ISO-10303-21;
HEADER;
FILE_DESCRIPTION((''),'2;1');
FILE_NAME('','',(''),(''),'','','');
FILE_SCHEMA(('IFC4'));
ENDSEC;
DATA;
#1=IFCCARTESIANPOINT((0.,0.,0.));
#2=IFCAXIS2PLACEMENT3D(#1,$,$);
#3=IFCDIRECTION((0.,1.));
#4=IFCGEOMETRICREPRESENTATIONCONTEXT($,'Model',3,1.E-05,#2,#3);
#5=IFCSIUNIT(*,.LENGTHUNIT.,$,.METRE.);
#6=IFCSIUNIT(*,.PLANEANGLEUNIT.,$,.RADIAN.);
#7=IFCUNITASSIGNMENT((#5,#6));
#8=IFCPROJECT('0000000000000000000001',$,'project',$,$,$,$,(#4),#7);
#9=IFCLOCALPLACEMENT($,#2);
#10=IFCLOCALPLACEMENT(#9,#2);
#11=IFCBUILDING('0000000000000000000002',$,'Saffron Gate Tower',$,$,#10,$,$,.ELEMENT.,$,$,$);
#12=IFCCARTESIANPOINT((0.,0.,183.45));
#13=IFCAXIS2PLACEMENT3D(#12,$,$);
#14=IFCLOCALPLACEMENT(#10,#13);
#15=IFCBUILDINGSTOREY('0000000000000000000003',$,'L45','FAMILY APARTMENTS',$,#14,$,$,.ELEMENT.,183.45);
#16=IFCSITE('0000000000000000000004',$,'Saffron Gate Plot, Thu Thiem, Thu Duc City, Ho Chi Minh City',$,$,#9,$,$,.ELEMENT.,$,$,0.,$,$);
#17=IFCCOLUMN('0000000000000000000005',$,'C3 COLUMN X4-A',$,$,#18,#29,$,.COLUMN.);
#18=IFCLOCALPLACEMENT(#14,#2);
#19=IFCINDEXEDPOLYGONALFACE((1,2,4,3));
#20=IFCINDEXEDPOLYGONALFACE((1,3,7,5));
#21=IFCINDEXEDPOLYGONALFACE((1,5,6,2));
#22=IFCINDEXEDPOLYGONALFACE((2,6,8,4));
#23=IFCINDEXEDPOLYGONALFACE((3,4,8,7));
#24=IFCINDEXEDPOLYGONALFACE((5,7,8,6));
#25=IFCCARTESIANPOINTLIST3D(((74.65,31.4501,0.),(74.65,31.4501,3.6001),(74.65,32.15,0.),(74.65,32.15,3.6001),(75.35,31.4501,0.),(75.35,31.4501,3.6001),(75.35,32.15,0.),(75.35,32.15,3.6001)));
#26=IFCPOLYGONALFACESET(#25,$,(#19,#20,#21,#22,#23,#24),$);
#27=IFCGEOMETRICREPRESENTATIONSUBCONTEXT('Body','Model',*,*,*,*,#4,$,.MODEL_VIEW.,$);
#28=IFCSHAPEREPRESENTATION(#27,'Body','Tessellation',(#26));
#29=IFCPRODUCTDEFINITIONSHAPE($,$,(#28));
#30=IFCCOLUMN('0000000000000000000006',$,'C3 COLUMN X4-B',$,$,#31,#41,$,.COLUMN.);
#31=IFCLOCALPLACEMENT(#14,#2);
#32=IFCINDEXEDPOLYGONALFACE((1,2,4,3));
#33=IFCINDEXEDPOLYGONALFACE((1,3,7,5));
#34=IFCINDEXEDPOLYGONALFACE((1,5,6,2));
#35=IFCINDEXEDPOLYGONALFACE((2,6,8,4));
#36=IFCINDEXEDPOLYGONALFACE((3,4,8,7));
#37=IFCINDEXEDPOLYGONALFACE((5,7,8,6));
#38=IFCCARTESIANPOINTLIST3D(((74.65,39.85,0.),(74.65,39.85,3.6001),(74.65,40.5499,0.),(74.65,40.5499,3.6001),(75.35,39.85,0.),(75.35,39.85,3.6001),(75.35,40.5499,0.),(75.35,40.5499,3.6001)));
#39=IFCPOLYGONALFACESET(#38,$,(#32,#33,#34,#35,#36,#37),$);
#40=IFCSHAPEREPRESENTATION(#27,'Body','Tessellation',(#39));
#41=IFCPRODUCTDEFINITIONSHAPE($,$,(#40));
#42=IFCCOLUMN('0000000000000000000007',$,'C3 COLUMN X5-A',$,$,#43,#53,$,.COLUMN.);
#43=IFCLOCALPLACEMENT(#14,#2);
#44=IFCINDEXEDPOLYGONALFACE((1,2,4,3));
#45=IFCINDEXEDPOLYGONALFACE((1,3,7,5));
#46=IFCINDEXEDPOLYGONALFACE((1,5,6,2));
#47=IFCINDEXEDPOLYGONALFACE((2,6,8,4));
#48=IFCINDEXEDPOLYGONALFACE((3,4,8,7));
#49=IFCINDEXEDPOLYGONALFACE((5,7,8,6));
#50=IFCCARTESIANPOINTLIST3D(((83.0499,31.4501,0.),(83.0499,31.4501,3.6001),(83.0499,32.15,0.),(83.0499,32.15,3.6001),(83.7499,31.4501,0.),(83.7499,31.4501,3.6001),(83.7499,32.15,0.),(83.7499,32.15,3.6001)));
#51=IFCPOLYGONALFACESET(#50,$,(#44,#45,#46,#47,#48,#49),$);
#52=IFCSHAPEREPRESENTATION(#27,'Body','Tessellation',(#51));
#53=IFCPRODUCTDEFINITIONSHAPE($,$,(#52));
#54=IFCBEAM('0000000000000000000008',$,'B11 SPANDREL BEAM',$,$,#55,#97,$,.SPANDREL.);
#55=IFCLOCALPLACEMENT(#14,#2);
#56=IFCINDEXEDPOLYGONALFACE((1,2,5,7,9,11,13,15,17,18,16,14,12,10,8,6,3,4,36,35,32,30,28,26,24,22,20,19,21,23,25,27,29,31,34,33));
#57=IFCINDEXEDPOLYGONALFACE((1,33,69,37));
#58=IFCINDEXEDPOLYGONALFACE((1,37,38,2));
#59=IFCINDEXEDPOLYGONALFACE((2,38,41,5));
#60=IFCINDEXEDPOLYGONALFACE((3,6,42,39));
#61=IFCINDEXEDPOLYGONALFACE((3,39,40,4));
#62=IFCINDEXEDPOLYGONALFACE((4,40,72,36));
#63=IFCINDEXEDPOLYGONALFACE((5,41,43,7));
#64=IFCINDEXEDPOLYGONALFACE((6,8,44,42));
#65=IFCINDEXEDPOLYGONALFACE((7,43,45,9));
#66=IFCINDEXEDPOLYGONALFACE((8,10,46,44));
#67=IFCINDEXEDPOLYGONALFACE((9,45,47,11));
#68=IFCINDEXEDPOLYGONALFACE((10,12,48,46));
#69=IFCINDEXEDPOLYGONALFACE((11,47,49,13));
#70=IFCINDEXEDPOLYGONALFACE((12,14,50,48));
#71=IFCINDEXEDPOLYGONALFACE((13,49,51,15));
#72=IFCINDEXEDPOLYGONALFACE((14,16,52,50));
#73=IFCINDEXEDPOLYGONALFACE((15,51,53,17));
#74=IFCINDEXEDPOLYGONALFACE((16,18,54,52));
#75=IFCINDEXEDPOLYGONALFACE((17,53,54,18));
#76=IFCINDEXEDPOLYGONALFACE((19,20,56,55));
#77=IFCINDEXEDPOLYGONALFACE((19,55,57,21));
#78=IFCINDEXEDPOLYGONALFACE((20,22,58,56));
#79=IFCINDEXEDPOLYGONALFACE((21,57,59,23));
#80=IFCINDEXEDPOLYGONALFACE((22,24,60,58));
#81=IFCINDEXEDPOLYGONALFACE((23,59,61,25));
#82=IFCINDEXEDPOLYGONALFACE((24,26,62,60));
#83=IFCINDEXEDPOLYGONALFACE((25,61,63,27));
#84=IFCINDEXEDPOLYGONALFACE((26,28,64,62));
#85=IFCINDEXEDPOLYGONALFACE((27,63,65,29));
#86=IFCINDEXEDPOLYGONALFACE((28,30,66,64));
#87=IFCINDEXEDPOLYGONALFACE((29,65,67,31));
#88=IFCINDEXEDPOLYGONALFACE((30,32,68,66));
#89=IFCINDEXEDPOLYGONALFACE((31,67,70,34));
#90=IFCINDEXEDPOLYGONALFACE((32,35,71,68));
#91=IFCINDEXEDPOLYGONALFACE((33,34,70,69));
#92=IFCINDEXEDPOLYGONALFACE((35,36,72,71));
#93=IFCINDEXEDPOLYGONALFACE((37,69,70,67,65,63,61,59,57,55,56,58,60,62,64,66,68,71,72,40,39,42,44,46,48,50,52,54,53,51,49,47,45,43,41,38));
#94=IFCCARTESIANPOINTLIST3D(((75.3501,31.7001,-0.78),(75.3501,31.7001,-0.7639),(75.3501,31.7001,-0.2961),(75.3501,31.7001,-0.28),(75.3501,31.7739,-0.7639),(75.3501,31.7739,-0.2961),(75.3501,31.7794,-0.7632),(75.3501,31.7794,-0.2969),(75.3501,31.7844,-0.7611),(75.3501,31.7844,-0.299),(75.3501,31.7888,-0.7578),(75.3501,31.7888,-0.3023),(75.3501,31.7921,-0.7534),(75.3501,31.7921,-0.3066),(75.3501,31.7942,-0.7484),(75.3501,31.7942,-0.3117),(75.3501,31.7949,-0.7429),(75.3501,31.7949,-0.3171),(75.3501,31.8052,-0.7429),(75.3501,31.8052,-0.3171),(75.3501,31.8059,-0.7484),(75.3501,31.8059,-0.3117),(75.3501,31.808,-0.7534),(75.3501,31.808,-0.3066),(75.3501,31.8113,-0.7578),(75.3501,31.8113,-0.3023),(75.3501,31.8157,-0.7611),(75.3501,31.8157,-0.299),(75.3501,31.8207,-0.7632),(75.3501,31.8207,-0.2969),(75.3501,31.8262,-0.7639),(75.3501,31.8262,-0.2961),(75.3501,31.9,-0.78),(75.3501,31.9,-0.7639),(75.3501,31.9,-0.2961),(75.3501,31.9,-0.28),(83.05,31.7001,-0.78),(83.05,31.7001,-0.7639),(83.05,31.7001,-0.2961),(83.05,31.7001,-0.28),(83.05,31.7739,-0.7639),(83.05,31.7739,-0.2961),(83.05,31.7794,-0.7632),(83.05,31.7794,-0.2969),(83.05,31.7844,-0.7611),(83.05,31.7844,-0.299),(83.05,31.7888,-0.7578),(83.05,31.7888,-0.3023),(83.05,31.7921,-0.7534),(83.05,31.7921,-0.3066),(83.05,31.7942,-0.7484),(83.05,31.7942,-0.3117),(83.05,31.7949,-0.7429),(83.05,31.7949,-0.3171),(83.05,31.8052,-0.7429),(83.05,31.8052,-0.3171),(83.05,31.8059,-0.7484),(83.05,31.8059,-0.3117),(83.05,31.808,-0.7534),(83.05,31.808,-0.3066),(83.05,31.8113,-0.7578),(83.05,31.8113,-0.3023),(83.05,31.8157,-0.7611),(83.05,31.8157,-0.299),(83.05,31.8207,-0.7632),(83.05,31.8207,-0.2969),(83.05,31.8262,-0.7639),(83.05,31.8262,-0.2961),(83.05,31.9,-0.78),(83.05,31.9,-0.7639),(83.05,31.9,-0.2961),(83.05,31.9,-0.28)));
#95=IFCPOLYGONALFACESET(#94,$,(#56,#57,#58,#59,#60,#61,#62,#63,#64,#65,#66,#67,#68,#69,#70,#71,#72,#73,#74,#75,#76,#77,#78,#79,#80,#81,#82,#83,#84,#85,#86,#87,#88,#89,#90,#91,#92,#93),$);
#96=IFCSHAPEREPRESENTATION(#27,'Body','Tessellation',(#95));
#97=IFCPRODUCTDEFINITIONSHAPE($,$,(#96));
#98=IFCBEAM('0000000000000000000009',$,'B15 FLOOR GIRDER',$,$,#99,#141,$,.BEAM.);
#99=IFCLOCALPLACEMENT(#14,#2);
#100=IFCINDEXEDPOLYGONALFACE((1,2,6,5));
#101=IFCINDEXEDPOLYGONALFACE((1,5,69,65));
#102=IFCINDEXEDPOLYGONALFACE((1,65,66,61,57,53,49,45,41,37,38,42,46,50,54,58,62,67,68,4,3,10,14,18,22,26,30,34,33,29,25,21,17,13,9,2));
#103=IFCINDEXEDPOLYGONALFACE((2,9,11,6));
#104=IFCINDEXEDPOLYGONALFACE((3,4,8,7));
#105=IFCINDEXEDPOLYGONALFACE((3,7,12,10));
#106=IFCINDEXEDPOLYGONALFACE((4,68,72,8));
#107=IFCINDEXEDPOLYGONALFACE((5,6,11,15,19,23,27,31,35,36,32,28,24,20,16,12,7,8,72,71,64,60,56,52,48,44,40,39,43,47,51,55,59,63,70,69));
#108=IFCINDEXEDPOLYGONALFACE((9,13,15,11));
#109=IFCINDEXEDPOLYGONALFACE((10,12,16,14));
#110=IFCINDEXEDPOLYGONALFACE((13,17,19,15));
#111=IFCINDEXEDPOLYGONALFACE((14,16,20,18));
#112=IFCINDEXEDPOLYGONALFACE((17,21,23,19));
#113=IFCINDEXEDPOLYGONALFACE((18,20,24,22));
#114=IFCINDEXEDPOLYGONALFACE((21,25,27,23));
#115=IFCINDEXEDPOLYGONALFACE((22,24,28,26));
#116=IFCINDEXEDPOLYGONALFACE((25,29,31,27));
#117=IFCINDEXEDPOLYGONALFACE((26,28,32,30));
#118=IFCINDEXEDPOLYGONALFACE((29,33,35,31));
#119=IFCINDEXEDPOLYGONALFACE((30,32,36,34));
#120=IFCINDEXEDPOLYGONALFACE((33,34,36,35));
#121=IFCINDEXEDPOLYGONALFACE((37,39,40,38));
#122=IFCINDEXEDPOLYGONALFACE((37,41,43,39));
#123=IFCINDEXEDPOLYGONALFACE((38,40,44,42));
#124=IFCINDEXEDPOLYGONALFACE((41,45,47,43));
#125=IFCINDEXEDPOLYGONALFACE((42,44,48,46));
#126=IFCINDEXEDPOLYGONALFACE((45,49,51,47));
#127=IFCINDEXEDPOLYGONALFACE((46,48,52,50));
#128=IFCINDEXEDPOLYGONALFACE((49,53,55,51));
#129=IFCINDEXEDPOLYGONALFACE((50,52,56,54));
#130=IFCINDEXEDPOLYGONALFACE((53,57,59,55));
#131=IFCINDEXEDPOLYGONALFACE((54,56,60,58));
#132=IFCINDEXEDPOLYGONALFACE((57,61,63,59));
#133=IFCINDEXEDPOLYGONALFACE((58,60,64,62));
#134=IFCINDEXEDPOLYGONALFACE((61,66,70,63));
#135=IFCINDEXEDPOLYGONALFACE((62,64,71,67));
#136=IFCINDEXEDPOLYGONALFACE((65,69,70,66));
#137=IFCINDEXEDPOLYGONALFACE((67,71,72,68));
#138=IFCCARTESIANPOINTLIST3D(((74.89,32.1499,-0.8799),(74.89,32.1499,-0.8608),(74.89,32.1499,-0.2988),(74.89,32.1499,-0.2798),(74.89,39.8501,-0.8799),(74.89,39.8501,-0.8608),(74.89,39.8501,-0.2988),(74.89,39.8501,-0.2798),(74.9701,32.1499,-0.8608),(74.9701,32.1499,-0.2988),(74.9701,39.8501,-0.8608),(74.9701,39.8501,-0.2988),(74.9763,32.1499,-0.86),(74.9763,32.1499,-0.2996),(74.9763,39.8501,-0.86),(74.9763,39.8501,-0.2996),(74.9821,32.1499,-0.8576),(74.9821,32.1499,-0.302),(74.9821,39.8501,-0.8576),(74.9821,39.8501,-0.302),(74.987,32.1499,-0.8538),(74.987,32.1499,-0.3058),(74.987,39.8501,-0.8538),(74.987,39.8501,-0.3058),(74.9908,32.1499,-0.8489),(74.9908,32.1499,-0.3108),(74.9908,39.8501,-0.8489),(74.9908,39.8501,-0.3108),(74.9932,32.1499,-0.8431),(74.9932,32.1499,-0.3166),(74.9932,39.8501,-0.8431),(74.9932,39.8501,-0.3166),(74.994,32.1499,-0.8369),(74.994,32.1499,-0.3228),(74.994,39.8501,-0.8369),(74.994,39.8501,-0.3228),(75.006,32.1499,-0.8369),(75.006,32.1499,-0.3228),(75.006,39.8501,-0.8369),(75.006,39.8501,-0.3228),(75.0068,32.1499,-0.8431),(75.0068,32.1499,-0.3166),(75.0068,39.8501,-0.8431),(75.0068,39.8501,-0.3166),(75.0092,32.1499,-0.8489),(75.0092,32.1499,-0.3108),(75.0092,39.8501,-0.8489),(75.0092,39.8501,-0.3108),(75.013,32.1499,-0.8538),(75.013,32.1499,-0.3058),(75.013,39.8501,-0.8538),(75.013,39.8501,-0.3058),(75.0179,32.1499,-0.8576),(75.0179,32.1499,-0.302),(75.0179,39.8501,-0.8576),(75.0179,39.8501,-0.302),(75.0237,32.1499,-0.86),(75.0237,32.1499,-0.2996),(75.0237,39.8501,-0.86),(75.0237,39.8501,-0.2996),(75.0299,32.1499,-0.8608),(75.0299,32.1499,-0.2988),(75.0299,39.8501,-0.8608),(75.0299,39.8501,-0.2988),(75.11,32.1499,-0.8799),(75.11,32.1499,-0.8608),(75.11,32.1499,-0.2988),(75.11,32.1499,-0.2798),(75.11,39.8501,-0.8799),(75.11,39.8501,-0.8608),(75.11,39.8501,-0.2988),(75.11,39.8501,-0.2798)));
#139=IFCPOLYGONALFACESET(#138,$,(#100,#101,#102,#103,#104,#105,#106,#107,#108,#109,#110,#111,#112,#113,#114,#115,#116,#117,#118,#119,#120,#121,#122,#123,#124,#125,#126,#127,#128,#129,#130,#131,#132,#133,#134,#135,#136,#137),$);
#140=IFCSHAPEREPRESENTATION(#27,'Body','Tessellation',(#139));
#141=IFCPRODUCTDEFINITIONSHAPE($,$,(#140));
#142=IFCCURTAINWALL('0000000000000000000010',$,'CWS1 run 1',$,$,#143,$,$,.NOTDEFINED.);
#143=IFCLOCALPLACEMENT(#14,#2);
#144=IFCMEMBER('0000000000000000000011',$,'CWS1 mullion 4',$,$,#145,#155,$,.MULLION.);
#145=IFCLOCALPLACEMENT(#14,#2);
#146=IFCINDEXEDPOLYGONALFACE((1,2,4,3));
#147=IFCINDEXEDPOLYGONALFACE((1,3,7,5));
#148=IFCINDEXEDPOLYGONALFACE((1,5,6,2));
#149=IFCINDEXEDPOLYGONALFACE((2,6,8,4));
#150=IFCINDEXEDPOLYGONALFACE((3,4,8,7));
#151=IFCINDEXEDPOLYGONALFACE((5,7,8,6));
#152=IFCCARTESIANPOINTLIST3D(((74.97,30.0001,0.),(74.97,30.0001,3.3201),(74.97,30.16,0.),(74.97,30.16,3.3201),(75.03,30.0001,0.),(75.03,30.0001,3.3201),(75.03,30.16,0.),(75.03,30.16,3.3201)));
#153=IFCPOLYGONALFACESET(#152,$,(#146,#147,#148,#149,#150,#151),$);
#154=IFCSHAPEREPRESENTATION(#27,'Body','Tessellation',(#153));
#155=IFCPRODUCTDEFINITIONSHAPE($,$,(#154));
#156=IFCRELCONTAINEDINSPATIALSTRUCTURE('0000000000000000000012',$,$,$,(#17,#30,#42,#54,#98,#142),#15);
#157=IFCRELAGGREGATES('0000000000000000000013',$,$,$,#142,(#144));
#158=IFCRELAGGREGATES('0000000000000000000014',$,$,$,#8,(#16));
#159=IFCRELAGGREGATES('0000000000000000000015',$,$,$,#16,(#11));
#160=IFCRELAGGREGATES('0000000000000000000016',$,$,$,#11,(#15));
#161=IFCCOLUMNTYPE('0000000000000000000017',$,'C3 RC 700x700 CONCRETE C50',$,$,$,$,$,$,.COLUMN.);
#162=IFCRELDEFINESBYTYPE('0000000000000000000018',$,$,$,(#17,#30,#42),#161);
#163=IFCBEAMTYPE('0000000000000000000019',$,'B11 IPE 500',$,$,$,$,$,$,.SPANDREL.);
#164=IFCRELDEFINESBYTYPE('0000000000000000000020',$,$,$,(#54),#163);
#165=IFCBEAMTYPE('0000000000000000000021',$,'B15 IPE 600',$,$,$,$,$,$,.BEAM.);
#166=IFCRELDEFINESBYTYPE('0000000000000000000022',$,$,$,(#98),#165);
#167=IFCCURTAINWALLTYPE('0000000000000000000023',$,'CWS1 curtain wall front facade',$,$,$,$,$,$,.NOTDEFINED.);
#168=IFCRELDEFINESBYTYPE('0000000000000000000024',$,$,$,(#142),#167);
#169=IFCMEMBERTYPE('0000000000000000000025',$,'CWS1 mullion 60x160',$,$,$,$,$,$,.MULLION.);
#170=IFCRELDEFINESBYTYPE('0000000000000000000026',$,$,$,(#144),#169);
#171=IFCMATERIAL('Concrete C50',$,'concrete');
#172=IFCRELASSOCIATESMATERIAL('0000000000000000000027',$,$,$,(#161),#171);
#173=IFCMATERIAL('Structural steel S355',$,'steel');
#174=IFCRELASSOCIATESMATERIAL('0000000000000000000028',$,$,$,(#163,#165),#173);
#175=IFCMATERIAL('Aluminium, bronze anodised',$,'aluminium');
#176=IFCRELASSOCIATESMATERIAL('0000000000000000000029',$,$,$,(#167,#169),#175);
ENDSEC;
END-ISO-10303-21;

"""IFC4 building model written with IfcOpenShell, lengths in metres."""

from ifc_helpers import new_model, si_unit, direction, frame, origin, origin_2d, place, context, subcontext, project, spatial, rectangle, i_section, extrude, material, material_profile, profile_set, type_object, element, aggregate, save


model = new_model("IFC4")

# Units and contexts
model_context = context("Model", 3, precision=1e-05, world=origin(), true_north=direction((0.0, 1.0)))
body_context = subcontext(model_context, "Body", "Model", "MODEL_VIEW")
ifc_project = project(units=[si_unit("LENGTHUNIT", "METRE"), si_unit("PLANEANGLEUNIT", "RADIAN")], contexts=[model_context])

# Site, building, storey
site_placement = place(None, origin())
site = spatial("IfcSite", under=ifc_project, at=site_placement, Name="Saffron Gate Plot, Thu Thiem, Thu Duc City, Ho Chi Minh City", CompositionType="ELEMENT", RefElevation=0.0)
building_placement = place(site_placement, origin())
building = spatial("IfcBuilding", under=site, at=building_placement, Name="Saffron Gate Tower", CompositionType="ELEMENT")
storey_placement = place(building_placement, frame((0.0, 0.0, 183.45)))
storey = spatial("IfcBuildingStorey", under=building, at=storey_placement, Name="L45", Description="FAMILY APARTMENTS", CompositionType="ELEMENT", Elevation=183.45)

# Columns
ifc_material_1 = material(Name="Concrete C50", Category="concrete")
ifc_material_profile_1 = material_profile(ifc_material_1, rectangle(XDim=0.7, YDim=0.7, at=origin_2d()))
ifc_profile_set_1 = profile_set([ifc_material_profile_1], Name="Concrete C50")
column_type = type_object("IfcColumnType", Name="C3 RC 700x700 CONCRETE C50", PredefinedType="COLUMN", material=ifc_profile_set_1)
for number, where, z_axis, x_axis, name in (
    (1, (75.0, 31.8, 0.0), (0.0, 0.0, 1.0), (1.0, 0.0, 0.0), "C3 COLUMN X4-A"),
    (2, (75.0, 40.2, 0.0), (0.0, 0.0, 1.0), (1.0, 0.0, 0.0), "C3 COLUMN X4-B"),
    (3, (83.3999, 31.8, 0.0), (0.0, 0.0, 1.0), (1.0, 0.0, 0.0), "C3 COLUMN X5-A"),
):
    element("IfcColumn", number, at=place(storey_placement, frame(where, z_axis=z_axis, x_axis=x_axis)), inside=storey, type_object=column_type, Name=name, PredefinedType="COLUMN", context=body_context, shape_type="SweptSolid", body=[
        extrude(rectangle(XDim=0.7, YDim=0.7, at=origin_2d()), origin(), (0.0, 0.0, 1.0), 3.6001),
    ])

# Beams
ifc_material_2 = material(Name="Structural steel S355", Category="steel")
ifc_material_profile_2 = material_profile(ifc_material_2, i_section(OverallWidth=0.2, OverallDepth=0.5, WebThickness=0.0103, FlangeThickness=0.0161, FilletRadius=0.021, at=origin_2d()))
ifc_profile_set_2 = profile_set([ifc_material_profile_2], Name="Structural steel S355")
beam_type_1 = type_object("IfcBeamType", Name="B11 IPE 500", PredefinedType="SPANDREL", material=ifc_profile_set_2)
beam_1_placement = place(storey_placement, frame((75.3501, 31.8, -0.53), z_axis=(1.0, 0.0, 0.0), x_axis=(0.0, 1.0, 0.0)))
element("IfcBeam", 4, at=beam_1_placement, inside=storey, type_object=beam_type_1, Name="B11 SPANDREL BEAM", PredefinedType="SPANDREL", context=body_context, shape_type="SweptSolid", body=[
    extrude(i_section(OverallWidth=0.2, OverallDepth=0.5, WebThickness=0.0103, FlangeThickness=0.0161, FilletRadius=0.021, at=origin_2d()), origin(), (0.0, 0.0, 1.0), 7.7),
])
ifc_material_profile_3 = material_profile(ifc_material_2, i_section(OverallWidth=0.22, OverallDepth=0.6001, WebThickness=0.012, FlangeThickness=0.019, FilletRadius=0.0239, at=origin_2d()))
ifc_profile_set_3 = profile_set([ifc_material_profile_3], Name="Structural steel S355")
beam_type_2 = type_object("IfcBeamType", Name="B15 IPE 600", PredefinedType="BEAM", material=ifc_profile_set_3)
beam_2_placement = place(storey_placement, frame((75.0, 32.1499, -0.5798), z_axis=(0.0, 1.0, 0.0), x_axis=(-1.0, 0.0, 0.0)))
element("IfcBeam", 5, at=beam_2_placement, inside=storey, type_object=beam_type_2, Name="B15 FLOOR GIRDER", PredefinedType="BEAM", context=body_context, shape_type="SweptSolid", body=[
    extrude(i_section(OverallWidth=0.22, OverallDepth=0.6001, WebThickness=0.012, FlangeThickness=0.019, FilletRadius=0.0239, at=origin_2d()), origin(), (0.0, 0.0, 1.0), 7.7002),
])

# Curtain wall, member
ifc_material_3 = material(Name="Aluminium, bronze anodised", Category="aluminium")
curtain_wall_type = type_object("IfcCurtainWallType", Name="CWS1 curtain wall front facade", PredefinedType="NOTDEFINED", material=ifc_material_3)
curtain_wall_placement = place(storey_placement, origin())
curtain_wall = element("IfcCurtainWall", 6, at=curtain_wall_placement, inside=storey, type_object=curtain_wall_type, Name="CWS1 run 1", PredefinedType="NOTDEFINED")
ifc_material_profile_4 = material_profile(ifc_material_3, rectangle(XDim=0.1599, YDim=0.0601, at=origin_2d()))
ifc_profile_set_4 = profile_set([ifc_material_profile_4], Name="Aluminium, bronze anodised")
member_type = type_object("IfcMemberType", Name="CWS1 mullion 60x160", PredefinedType="MULLION", material=ifc_profile_set_4)
member_placement = place(storey_placement, frame((75.0, 30.0801, 0.0), z_axis=(0.0, 0.0, 1.0), x_axis=(0.0, 1.0, 0.0)))
member = element("IfcMember", 7, at=member_placement, type_object=member_type, Name="CWS1 mullion 4", PredefinedType="MULLION", context=body_context, shape_type="SweptSolid", body=[
    extrude(rectangle(XDim=0.1599, YDim=0.0601, at=origin_2d()), origin(), (0.0, 0.0, 1.0), 3.3201),
])
aggregate(curtain_wall, [member])

save(model, "model.ifc")
